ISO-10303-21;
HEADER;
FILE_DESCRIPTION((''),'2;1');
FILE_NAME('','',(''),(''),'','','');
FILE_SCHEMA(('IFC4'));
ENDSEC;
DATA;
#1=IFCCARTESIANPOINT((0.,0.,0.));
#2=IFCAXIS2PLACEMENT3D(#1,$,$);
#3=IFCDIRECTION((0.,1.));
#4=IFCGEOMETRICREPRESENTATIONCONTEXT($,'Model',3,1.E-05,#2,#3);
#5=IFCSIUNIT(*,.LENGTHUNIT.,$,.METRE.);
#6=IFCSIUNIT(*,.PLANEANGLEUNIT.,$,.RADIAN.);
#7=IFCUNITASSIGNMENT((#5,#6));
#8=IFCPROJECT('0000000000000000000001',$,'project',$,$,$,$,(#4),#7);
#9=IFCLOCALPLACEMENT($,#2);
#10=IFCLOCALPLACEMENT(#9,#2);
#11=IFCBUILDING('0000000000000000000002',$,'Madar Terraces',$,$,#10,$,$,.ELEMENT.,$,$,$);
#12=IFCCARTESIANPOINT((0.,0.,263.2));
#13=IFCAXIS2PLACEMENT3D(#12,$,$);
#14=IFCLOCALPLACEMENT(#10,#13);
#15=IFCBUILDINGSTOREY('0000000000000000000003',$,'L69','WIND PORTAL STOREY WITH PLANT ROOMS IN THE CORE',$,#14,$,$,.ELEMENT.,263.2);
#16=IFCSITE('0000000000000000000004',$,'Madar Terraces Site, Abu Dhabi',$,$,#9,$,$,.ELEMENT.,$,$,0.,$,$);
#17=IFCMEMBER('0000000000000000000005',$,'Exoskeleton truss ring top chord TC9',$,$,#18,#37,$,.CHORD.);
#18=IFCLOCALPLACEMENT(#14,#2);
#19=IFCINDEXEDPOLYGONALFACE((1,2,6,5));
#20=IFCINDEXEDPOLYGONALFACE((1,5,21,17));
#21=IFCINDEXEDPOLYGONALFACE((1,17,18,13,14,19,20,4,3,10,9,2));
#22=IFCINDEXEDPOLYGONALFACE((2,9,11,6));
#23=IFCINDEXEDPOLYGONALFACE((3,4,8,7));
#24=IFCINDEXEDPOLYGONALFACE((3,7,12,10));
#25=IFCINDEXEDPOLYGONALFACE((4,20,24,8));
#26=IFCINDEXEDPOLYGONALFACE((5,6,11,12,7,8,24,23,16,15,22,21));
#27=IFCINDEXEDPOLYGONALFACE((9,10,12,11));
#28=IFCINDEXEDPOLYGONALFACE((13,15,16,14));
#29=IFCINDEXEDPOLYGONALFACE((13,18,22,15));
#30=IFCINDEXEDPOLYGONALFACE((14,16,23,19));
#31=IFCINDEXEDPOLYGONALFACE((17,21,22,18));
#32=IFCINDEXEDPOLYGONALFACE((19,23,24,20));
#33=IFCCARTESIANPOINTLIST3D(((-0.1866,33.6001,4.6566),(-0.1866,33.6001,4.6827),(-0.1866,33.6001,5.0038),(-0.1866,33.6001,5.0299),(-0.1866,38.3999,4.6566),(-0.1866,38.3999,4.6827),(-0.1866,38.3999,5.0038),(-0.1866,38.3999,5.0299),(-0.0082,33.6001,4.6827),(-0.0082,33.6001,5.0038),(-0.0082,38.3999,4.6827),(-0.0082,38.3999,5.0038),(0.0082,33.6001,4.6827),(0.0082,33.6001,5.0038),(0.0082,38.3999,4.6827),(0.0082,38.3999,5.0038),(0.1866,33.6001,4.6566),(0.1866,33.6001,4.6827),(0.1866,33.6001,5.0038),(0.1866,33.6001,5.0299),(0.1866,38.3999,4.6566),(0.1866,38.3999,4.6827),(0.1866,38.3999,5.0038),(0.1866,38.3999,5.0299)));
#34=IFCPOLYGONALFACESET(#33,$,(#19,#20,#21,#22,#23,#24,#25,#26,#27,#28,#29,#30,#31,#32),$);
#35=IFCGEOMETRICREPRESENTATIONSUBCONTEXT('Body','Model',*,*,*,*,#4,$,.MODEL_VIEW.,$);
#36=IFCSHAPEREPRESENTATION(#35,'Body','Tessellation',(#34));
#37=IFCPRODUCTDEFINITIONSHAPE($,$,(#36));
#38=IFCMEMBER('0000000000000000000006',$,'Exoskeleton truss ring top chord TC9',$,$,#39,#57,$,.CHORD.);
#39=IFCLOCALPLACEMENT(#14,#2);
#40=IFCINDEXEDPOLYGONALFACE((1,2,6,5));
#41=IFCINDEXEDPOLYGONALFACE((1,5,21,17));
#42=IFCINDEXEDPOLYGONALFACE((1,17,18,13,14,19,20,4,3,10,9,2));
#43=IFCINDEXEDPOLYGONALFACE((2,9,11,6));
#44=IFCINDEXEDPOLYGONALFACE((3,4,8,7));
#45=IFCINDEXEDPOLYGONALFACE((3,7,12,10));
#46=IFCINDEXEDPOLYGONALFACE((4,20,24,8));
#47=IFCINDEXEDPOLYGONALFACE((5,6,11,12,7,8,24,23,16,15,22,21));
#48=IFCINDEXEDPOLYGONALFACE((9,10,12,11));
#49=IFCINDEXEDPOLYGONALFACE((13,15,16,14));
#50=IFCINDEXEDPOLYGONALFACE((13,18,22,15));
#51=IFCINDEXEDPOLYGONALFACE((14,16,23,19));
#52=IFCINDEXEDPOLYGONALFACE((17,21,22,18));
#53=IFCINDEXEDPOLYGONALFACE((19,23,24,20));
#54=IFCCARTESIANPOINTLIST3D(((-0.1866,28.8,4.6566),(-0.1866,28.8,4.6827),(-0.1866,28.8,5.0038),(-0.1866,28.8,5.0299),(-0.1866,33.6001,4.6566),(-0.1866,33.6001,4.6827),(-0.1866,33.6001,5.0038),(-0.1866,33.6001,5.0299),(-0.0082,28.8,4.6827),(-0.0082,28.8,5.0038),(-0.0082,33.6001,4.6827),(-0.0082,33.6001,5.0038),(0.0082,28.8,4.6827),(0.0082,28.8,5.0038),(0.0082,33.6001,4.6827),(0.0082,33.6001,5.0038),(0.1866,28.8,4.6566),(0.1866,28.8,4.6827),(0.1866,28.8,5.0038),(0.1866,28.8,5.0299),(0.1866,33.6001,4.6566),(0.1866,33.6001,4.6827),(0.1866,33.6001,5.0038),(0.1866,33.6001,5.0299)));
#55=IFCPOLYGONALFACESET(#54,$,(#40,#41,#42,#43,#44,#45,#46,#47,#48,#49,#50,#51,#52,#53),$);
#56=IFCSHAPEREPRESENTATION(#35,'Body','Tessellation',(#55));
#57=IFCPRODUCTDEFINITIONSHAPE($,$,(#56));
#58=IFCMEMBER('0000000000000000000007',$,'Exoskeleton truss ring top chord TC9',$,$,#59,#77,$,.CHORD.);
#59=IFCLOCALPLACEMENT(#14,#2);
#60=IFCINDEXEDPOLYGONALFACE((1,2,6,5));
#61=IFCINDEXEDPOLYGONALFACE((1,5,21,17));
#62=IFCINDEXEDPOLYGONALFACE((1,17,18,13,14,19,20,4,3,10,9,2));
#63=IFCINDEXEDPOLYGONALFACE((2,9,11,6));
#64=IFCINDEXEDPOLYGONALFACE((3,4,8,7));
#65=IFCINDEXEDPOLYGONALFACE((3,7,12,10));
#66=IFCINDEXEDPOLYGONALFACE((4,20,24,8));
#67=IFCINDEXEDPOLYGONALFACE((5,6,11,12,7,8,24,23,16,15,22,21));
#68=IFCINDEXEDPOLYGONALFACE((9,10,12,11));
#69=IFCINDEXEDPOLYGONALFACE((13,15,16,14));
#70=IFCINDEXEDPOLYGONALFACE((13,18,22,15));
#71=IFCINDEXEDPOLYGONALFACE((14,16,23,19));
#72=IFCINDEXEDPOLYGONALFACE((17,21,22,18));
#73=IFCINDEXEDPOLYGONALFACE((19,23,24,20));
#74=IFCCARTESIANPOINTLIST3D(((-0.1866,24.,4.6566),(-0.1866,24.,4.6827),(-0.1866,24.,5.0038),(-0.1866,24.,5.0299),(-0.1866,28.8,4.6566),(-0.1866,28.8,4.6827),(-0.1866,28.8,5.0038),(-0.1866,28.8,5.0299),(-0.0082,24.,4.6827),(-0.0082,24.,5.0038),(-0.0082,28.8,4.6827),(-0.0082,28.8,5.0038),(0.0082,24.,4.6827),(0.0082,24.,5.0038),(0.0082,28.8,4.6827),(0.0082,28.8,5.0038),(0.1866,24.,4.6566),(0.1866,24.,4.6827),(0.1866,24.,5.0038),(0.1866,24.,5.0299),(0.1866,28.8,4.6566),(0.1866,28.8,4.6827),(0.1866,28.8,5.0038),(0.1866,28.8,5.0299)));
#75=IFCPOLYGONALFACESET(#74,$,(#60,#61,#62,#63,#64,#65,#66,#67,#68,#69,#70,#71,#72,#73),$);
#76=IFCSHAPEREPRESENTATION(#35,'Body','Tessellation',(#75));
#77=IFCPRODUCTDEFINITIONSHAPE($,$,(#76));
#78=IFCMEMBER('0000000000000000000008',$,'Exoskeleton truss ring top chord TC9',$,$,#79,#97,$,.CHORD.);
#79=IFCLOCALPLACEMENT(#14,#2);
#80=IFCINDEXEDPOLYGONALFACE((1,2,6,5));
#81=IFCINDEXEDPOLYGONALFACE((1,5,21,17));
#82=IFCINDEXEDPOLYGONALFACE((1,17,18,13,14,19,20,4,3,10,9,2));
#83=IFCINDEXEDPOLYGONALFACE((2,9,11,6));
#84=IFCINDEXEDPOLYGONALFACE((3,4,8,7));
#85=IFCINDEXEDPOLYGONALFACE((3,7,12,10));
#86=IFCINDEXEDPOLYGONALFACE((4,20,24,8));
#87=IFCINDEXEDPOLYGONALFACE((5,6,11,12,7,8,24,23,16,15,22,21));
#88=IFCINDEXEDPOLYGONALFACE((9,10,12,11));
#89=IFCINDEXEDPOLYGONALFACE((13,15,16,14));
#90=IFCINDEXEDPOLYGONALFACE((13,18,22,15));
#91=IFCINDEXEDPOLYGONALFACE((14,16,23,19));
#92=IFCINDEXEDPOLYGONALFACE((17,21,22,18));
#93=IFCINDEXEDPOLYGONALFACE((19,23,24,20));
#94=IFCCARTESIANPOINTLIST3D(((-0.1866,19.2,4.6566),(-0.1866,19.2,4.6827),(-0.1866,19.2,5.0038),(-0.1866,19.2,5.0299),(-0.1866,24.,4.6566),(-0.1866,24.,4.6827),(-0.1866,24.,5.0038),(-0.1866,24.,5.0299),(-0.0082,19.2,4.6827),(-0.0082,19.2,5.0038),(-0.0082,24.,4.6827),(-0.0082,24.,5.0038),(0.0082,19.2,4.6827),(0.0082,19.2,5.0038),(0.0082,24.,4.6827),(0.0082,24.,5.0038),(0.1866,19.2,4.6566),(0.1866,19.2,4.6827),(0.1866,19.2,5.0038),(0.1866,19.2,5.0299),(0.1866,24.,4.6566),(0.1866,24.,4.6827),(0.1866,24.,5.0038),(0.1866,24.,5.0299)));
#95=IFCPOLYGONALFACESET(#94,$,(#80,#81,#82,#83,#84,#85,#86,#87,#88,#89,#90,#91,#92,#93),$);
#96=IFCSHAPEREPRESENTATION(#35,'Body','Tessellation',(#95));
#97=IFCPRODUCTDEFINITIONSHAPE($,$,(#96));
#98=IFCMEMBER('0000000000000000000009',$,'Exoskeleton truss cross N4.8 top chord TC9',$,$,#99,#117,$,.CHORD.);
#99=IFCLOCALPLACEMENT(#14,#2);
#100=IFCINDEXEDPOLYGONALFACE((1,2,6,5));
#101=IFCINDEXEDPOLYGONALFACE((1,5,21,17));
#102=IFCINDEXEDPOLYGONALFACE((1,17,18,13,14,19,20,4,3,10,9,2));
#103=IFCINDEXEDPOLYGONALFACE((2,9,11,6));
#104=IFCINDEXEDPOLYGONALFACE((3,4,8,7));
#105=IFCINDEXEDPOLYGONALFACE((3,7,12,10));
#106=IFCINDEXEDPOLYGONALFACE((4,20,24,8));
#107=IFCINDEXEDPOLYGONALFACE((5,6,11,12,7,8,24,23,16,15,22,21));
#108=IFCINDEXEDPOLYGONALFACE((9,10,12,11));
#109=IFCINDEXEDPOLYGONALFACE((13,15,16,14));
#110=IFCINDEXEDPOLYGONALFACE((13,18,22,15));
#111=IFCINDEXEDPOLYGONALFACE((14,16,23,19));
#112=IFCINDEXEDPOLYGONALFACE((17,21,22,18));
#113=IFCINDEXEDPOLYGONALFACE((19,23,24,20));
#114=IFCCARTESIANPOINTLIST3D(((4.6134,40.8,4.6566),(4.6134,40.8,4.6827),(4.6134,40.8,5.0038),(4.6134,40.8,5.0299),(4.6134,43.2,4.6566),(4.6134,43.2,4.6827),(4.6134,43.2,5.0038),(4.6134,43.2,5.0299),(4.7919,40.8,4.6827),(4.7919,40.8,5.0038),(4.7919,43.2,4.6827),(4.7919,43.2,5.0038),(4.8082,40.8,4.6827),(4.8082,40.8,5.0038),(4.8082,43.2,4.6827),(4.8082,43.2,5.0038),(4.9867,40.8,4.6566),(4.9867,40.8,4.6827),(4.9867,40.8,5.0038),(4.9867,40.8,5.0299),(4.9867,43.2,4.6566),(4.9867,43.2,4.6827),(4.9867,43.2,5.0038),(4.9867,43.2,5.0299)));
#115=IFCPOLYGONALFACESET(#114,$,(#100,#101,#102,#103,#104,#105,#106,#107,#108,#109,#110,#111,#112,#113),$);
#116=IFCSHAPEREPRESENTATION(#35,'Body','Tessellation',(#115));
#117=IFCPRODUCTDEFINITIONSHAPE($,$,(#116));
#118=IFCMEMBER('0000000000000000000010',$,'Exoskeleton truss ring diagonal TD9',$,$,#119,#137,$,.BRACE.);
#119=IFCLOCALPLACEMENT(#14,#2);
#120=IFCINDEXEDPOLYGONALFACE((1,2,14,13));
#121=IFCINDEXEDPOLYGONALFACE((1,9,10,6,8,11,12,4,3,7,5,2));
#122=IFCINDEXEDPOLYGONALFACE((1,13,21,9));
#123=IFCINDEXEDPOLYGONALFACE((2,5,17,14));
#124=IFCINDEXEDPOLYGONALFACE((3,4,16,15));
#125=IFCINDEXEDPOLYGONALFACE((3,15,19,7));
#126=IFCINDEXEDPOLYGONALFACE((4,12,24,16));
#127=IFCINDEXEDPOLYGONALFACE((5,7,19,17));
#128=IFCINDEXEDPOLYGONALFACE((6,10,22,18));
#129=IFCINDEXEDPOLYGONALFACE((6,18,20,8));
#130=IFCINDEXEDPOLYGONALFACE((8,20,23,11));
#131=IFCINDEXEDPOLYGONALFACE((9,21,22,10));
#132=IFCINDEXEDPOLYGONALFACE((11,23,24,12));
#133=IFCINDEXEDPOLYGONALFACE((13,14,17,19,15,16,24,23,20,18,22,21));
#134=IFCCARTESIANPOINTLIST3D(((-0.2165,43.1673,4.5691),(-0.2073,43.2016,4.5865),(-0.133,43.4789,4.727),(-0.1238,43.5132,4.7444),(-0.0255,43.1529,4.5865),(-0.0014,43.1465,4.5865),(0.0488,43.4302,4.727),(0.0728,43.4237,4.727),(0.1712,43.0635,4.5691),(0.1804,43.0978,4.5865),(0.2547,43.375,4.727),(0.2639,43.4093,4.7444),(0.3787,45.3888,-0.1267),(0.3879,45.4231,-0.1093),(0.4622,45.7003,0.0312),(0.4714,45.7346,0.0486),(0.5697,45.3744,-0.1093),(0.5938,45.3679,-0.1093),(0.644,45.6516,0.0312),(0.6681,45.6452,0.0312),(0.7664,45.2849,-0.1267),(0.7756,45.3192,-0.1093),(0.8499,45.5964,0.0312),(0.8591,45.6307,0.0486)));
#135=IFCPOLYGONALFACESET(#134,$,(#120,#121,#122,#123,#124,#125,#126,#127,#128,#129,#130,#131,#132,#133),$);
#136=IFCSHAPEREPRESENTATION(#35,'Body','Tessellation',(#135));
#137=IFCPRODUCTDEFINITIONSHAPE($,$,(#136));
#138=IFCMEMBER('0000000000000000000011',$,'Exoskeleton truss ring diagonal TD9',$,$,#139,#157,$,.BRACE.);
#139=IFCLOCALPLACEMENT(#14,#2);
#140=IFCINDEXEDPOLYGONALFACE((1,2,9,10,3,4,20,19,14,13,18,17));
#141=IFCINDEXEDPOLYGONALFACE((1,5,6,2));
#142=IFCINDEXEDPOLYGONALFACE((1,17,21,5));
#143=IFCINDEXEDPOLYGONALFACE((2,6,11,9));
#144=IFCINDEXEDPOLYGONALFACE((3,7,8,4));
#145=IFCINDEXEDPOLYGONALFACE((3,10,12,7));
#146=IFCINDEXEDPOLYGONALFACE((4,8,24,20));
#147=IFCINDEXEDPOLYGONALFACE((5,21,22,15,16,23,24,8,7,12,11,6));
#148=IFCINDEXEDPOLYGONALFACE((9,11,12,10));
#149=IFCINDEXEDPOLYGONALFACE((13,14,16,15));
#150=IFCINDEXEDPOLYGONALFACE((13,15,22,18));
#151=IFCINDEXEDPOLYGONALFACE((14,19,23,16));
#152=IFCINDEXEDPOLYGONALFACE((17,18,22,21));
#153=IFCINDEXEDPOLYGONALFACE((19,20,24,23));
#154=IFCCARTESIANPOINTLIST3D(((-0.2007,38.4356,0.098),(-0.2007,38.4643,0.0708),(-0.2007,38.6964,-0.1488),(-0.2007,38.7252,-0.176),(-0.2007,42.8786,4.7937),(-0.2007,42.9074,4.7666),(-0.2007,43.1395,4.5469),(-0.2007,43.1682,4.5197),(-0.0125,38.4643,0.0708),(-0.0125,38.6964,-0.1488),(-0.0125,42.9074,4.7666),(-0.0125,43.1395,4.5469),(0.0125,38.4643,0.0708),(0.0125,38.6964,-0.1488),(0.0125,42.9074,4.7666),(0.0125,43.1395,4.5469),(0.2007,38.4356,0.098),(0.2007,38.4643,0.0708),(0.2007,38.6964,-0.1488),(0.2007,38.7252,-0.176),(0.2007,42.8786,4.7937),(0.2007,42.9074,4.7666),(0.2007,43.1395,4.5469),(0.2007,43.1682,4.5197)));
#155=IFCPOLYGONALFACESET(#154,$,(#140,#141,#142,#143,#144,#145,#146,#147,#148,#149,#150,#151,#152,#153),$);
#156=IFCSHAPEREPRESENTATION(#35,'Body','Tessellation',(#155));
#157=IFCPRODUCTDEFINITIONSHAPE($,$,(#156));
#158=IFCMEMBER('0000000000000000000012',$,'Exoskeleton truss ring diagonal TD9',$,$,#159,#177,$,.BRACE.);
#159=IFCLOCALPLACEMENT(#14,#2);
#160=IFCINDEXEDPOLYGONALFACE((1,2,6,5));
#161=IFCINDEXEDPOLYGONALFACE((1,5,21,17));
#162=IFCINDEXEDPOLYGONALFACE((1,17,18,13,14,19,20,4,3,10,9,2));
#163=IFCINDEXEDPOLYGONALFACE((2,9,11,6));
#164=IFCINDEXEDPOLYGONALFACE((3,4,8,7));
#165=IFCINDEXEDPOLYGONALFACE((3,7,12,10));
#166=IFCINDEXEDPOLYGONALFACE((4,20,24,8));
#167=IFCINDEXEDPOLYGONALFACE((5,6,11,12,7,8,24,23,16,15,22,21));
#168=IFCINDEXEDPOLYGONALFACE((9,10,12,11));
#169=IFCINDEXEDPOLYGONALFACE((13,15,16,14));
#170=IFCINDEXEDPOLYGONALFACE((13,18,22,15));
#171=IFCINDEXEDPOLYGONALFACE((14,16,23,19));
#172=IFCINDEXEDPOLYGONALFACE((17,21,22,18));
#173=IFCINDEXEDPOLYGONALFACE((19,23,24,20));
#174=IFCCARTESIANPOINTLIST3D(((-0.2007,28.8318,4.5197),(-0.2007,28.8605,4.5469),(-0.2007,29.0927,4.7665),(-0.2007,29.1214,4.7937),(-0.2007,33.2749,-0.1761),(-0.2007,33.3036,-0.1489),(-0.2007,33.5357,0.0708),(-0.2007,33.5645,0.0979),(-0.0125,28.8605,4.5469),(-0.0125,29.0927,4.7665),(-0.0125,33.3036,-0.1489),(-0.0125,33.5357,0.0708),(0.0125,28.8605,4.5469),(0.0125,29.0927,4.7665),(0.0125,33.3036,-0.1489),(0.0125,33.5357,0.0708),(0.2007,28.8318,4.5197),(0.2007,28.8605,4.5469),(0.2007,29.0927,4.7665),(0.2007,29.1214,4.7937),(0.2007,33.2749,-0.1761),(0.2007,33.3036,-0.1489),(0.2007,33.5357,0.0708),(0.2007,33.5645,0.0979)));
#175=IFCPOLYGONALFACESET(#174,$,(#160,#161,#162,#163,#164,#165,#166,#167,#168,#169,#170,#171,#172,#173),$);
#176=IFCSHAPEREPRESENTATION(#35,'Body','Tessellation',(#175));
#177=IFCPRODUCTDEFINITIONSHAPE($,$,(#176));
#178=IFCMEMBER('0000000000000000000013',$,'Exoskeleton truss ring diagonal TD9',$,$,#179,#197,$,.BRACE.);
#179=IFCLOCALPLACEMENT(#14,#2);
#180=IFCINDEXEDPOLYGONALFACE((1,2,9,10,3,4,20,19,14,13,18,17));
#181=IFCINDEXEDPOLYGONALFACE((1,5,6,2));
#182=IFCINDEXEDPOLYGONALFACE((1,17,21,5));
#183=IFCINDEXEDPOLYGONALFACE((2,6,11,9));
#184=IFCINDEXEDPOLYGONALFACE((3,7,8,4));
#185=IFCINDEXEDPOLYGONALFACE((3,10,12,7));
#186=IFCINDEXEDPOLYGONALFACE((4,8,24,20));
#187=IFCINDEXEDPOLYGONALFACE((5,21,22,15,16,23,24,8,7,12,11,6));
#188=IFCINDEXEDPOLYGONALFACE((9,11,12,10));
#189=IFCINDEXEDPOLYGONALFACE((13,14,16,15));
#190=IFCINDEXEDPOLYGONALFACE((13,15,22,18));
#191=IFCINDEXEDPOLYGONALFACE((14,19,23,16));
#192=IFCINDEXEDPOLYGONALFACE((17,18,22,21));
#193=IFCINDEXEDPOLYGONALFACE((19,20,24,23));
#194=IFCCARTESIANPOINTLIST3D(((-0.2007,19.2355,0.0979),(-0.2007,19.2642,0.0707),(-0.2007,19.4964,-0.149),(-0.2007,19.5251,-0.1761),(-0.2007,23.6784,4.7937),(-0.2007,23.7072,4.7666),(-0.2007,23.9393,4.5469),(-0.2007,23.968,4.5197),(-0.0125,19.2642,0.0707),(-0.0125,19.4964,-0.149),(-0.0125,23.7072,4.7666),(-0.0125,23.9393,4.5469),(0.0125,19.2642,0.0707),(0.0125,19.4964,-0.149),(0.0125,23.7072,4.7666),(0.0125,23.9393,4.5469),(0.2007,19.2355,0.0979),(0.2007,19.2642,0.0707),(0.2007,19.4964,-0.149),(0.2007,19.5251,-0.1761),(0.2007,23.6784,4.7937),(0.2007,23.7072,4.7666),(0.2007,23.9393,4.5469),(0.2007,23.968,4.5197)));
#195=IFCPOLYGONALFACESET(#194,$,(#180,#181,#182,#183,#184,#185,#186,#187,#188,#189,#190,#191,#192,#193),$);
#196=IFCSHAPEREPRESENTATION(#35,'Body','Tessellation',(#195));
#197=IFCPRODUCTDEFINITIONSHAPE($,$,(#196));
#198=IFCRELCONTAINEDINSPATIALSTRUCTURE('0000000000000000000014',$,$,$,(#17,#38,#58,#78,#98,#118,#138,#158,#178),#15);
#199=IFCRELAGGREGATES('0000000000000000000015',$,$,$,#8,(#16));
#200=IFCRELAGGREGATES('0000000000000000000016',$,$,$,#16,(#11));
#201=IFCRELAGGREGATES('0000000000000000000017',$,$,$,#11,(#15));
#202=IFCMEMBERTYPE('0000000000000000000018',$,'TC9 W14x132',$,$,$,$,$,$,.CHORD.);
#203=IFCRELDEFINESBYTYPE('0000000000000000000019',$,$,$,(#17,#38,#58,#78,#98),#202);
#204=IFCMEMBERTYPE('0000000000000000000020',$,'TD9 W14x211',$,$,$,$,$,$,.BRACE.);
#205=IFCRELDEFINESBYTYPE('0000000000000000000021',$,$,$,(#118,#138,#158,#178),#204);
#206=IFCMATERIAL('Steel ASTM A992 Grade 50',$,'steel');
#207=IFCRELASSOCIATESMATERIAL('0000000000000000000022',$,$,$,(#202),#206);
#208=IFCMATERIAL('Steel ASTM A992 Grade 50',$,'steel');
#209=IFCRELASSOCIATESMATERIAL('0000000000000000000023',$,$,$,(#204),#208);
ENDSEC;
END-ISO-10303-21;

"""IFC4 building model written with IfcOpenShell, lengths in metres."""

from ifc_helpers import new_model, si_unit, direction, frame, origin, origin_2d, place, context, subcontext, project, spatial, i_section, extrude, material, material_profile, profile_set, type_object, element, save


model = new_model("IFC4")

# Units and contexts
model_context = context("Model", 3, precision=1e-05, world=origin(), true_north=direction((0.0, 1.0)))
body_context = subcontext(model_context, "Body", "Model", "MODEL_VIEW")
ifc_project = project(units=[si_unit("LENGTHUNIT", "METRE"), si_unit("PLANEANGLEUNIT", "RADIAN")], contexts=[model_context])

# Site, building, storey
site_placement = place(None, origin())
site = spatial("IfcSite", under=ifc_project, at=site_placement, Name="Madar Terraces Site, Abu Dhabi", CompositionType="ELEMENT", RefElevation=0.0)
building_placement = place(site_placement, origin())
building = spatial("IfcBuilding", under=site, at=building_placement, Name="Madar Terraces", CompositionType="ELEMENT")
storey_placement = place(building_placement, frame((0.0, 0.0, 263.2)))
storey = spatial("IfcBuildingStorey", under=building, at=storey_placement, Name="L69", Description="WIND PORTAL STOREY WITH PLANT ROOMS IN THE CORE", CompositionType="ELEMENT", Elevation=263.2)

# Members
ifc_material_1 = material(Name="Steel ASTM A992 Grade 50", Category="steel")
ifc_material_profile_1 = material_profile(ifc_material_1, i_section(OverallWidth=0.3733, OverallDepth=0.3733, WebThickness=0.0164, FlangeThickness=0.0261, at=origin_2d()), Name="W14x132")
ifc_profile_set_1 = profile_set([ifc_material_profile_1], Name="Steel ASTM A992 Grade 50")
member_type_1 = type_object("IfcMemberType", Name="TC9 W14x132", PredefinedType="CHORD", material=ifc_profile_set_1)
member_1_placement = place(storey_placement, frame((0.0, 38.3999, 4.8433), z_axis=(0.0, -1.0, 0.0), x_axis=(1.0, 0.0, 0.0)))
element("IfcMember", 1, at=member_1_placement, inside=storey, type_object=member_type_1, Name="Exoskeleton truss ring top chord TC9", PredefinedType="CHORD", context=body_context, shape_type="SweptSolid", body=[
    extrude(i_section(OverallWidth=0.3733, OverallDepth=0.3733, WebThickness=0.0164, FlangeThickness=0.0261, at=origin_2d()), origin(), (0.0, 0.0, 1.0), 4.7998),
])
for number, where, z_axis, x_axis, name in (
    (2, (0.0, 33.6001, 4.8433), (0.0, -1.0, 0.0), (1.0, 0.0, 0.0), "Exoskeleton truss ring top chord TC9"),
    (3, (0.0, 28.8, 4.8433), (0.0, -1.0, 0.0), (1.0, 0.0, 0.0), "Exoskeleton truss ring top chord TC9"),
    (4, (0.0, 24.0, 4.8433), (0.0, -1.0, 0.0), (1.0, 0.0, 0.0), "Exoskeleton truss ring top chord TC9"),
):
    element("IfcMember", number, at=place(storey_placement, frame(where, z_axis=z_axis, x_axis=x_axis)), inside=storey, type_object=member_type_1, Name=name, PredefinedType="CHORD", context=body_context, shape_type="SweptSolid", body=[
        extrude(i_section(OverallWidth=0.3733, OverallDepth=0.3733, WebThickness=0.0164, FlangeThickness=0.0261, at=origin_2d()), origin(), (0.0, 0.0, 1.0), 4.8),
    ])
member_2_placement = place(storey_placement, frame((4.8, 43.2, 4.8433), z_axis=(0.0, -1.0, 0.0), x_axis=(1.0, 0.0, 0.0)))
element("IfcMember", 5, at=member_2_placement, inside=storey, type_object=member_type_1, Name="Exoskeleton truss cross N4.8 top chord TC9", PredefinedType="CHORD", context=body_context, shape_type="SweptSolid", body=[
    extrude(i_section(OverallWidth=0.3733, OverallDepth=0.3733, WebThickness=0.0164, FlangeThickness=0.0261, at=origin_2d()), origin(), (0.0, 0.0, 1.0), 2.3999),
])
ifc_material_2 = material(Name="Steel ASTM A992 Grade 50", Category="steel")
ifc_material_profile_2 = material_profile(ifc_material_2, i_section(OverallWidth=0.4014, OverallDepth=0.3987, WebThickness=0.0249, FlangeThickness=0.0396, at=origin_2d()), Name="W14x211")
ifc_profile_set_2 = profile_set([ifc_material_profile_2], Name="Steel ASTM A992 Grade 50")
member_type_2 = type_object("IfcMemberType", Name="TD9 W14x211", PredefinedType="BRACE", material=ifc_profile_set_2)
member_3_placement = place(storey_placement, frame((0.6189, 45.5098, -0.0391), z_axis=(-0.113835, -0.424852, 0.898077), x_axis=(0.965928, -0.258812, 0.0)))
element("IfcMember", 6, at=member_3_placement, inside=storey, type_object=member_type_2, Name="Exoskeleton truss ring diagonal TD9", PredefinedType="BRACE", context=body_context, shape_type="SweptSolid", body=[
    extrude(i_section(OverallWidth=0.4014, OverallDepth=0.3987, WebThickness=0.0249, FlangeThickness=0.0396, at=origin_2d()), origin(), (0.0, 0.0, 1.0), 5.2288),
])
for number, where, z_axis, x_axis, name in (
    (7, (0.0, 43.0234, 4.6567), (0.0, -0.687293, -0.72638), (1.0, 0.0, 0.0), "Exoskeleton truss ring diagonal TD9"),
    (8, (0.0, 33.4197, -0.0391), (0.0, -0.687293, 0.72638), (1.0, 0.0, 0.0), "Exoskeleton truss ring diagonal TD9"),
    (9, (0.0, 23.8232, 4.6567), (0.0, -0.687273, -0.726399), (1.0, 0.0, 0.0), "Exoskeleton truss ring diagonal TD9"),
):
    element("IfcMember", number, at=place(storey_placement, frame(where, z_axis=z_axis, x_axis=x_axis)), inside=storey, type_object=member_type_2, Name=name, PredefinedType="BRACE", context=body_context, shape_type="SweptSolid", body=[
        extrude(i_section(OverallWidth=0.4014, OverallDepth=0.3987, WebThickness=0.0249, FlangeThickness=0.0396, at=origin_2d()), origin(), (0.0, 0.0, 1.0), 6.4646),
    ])

save(model, "model.ifc")
